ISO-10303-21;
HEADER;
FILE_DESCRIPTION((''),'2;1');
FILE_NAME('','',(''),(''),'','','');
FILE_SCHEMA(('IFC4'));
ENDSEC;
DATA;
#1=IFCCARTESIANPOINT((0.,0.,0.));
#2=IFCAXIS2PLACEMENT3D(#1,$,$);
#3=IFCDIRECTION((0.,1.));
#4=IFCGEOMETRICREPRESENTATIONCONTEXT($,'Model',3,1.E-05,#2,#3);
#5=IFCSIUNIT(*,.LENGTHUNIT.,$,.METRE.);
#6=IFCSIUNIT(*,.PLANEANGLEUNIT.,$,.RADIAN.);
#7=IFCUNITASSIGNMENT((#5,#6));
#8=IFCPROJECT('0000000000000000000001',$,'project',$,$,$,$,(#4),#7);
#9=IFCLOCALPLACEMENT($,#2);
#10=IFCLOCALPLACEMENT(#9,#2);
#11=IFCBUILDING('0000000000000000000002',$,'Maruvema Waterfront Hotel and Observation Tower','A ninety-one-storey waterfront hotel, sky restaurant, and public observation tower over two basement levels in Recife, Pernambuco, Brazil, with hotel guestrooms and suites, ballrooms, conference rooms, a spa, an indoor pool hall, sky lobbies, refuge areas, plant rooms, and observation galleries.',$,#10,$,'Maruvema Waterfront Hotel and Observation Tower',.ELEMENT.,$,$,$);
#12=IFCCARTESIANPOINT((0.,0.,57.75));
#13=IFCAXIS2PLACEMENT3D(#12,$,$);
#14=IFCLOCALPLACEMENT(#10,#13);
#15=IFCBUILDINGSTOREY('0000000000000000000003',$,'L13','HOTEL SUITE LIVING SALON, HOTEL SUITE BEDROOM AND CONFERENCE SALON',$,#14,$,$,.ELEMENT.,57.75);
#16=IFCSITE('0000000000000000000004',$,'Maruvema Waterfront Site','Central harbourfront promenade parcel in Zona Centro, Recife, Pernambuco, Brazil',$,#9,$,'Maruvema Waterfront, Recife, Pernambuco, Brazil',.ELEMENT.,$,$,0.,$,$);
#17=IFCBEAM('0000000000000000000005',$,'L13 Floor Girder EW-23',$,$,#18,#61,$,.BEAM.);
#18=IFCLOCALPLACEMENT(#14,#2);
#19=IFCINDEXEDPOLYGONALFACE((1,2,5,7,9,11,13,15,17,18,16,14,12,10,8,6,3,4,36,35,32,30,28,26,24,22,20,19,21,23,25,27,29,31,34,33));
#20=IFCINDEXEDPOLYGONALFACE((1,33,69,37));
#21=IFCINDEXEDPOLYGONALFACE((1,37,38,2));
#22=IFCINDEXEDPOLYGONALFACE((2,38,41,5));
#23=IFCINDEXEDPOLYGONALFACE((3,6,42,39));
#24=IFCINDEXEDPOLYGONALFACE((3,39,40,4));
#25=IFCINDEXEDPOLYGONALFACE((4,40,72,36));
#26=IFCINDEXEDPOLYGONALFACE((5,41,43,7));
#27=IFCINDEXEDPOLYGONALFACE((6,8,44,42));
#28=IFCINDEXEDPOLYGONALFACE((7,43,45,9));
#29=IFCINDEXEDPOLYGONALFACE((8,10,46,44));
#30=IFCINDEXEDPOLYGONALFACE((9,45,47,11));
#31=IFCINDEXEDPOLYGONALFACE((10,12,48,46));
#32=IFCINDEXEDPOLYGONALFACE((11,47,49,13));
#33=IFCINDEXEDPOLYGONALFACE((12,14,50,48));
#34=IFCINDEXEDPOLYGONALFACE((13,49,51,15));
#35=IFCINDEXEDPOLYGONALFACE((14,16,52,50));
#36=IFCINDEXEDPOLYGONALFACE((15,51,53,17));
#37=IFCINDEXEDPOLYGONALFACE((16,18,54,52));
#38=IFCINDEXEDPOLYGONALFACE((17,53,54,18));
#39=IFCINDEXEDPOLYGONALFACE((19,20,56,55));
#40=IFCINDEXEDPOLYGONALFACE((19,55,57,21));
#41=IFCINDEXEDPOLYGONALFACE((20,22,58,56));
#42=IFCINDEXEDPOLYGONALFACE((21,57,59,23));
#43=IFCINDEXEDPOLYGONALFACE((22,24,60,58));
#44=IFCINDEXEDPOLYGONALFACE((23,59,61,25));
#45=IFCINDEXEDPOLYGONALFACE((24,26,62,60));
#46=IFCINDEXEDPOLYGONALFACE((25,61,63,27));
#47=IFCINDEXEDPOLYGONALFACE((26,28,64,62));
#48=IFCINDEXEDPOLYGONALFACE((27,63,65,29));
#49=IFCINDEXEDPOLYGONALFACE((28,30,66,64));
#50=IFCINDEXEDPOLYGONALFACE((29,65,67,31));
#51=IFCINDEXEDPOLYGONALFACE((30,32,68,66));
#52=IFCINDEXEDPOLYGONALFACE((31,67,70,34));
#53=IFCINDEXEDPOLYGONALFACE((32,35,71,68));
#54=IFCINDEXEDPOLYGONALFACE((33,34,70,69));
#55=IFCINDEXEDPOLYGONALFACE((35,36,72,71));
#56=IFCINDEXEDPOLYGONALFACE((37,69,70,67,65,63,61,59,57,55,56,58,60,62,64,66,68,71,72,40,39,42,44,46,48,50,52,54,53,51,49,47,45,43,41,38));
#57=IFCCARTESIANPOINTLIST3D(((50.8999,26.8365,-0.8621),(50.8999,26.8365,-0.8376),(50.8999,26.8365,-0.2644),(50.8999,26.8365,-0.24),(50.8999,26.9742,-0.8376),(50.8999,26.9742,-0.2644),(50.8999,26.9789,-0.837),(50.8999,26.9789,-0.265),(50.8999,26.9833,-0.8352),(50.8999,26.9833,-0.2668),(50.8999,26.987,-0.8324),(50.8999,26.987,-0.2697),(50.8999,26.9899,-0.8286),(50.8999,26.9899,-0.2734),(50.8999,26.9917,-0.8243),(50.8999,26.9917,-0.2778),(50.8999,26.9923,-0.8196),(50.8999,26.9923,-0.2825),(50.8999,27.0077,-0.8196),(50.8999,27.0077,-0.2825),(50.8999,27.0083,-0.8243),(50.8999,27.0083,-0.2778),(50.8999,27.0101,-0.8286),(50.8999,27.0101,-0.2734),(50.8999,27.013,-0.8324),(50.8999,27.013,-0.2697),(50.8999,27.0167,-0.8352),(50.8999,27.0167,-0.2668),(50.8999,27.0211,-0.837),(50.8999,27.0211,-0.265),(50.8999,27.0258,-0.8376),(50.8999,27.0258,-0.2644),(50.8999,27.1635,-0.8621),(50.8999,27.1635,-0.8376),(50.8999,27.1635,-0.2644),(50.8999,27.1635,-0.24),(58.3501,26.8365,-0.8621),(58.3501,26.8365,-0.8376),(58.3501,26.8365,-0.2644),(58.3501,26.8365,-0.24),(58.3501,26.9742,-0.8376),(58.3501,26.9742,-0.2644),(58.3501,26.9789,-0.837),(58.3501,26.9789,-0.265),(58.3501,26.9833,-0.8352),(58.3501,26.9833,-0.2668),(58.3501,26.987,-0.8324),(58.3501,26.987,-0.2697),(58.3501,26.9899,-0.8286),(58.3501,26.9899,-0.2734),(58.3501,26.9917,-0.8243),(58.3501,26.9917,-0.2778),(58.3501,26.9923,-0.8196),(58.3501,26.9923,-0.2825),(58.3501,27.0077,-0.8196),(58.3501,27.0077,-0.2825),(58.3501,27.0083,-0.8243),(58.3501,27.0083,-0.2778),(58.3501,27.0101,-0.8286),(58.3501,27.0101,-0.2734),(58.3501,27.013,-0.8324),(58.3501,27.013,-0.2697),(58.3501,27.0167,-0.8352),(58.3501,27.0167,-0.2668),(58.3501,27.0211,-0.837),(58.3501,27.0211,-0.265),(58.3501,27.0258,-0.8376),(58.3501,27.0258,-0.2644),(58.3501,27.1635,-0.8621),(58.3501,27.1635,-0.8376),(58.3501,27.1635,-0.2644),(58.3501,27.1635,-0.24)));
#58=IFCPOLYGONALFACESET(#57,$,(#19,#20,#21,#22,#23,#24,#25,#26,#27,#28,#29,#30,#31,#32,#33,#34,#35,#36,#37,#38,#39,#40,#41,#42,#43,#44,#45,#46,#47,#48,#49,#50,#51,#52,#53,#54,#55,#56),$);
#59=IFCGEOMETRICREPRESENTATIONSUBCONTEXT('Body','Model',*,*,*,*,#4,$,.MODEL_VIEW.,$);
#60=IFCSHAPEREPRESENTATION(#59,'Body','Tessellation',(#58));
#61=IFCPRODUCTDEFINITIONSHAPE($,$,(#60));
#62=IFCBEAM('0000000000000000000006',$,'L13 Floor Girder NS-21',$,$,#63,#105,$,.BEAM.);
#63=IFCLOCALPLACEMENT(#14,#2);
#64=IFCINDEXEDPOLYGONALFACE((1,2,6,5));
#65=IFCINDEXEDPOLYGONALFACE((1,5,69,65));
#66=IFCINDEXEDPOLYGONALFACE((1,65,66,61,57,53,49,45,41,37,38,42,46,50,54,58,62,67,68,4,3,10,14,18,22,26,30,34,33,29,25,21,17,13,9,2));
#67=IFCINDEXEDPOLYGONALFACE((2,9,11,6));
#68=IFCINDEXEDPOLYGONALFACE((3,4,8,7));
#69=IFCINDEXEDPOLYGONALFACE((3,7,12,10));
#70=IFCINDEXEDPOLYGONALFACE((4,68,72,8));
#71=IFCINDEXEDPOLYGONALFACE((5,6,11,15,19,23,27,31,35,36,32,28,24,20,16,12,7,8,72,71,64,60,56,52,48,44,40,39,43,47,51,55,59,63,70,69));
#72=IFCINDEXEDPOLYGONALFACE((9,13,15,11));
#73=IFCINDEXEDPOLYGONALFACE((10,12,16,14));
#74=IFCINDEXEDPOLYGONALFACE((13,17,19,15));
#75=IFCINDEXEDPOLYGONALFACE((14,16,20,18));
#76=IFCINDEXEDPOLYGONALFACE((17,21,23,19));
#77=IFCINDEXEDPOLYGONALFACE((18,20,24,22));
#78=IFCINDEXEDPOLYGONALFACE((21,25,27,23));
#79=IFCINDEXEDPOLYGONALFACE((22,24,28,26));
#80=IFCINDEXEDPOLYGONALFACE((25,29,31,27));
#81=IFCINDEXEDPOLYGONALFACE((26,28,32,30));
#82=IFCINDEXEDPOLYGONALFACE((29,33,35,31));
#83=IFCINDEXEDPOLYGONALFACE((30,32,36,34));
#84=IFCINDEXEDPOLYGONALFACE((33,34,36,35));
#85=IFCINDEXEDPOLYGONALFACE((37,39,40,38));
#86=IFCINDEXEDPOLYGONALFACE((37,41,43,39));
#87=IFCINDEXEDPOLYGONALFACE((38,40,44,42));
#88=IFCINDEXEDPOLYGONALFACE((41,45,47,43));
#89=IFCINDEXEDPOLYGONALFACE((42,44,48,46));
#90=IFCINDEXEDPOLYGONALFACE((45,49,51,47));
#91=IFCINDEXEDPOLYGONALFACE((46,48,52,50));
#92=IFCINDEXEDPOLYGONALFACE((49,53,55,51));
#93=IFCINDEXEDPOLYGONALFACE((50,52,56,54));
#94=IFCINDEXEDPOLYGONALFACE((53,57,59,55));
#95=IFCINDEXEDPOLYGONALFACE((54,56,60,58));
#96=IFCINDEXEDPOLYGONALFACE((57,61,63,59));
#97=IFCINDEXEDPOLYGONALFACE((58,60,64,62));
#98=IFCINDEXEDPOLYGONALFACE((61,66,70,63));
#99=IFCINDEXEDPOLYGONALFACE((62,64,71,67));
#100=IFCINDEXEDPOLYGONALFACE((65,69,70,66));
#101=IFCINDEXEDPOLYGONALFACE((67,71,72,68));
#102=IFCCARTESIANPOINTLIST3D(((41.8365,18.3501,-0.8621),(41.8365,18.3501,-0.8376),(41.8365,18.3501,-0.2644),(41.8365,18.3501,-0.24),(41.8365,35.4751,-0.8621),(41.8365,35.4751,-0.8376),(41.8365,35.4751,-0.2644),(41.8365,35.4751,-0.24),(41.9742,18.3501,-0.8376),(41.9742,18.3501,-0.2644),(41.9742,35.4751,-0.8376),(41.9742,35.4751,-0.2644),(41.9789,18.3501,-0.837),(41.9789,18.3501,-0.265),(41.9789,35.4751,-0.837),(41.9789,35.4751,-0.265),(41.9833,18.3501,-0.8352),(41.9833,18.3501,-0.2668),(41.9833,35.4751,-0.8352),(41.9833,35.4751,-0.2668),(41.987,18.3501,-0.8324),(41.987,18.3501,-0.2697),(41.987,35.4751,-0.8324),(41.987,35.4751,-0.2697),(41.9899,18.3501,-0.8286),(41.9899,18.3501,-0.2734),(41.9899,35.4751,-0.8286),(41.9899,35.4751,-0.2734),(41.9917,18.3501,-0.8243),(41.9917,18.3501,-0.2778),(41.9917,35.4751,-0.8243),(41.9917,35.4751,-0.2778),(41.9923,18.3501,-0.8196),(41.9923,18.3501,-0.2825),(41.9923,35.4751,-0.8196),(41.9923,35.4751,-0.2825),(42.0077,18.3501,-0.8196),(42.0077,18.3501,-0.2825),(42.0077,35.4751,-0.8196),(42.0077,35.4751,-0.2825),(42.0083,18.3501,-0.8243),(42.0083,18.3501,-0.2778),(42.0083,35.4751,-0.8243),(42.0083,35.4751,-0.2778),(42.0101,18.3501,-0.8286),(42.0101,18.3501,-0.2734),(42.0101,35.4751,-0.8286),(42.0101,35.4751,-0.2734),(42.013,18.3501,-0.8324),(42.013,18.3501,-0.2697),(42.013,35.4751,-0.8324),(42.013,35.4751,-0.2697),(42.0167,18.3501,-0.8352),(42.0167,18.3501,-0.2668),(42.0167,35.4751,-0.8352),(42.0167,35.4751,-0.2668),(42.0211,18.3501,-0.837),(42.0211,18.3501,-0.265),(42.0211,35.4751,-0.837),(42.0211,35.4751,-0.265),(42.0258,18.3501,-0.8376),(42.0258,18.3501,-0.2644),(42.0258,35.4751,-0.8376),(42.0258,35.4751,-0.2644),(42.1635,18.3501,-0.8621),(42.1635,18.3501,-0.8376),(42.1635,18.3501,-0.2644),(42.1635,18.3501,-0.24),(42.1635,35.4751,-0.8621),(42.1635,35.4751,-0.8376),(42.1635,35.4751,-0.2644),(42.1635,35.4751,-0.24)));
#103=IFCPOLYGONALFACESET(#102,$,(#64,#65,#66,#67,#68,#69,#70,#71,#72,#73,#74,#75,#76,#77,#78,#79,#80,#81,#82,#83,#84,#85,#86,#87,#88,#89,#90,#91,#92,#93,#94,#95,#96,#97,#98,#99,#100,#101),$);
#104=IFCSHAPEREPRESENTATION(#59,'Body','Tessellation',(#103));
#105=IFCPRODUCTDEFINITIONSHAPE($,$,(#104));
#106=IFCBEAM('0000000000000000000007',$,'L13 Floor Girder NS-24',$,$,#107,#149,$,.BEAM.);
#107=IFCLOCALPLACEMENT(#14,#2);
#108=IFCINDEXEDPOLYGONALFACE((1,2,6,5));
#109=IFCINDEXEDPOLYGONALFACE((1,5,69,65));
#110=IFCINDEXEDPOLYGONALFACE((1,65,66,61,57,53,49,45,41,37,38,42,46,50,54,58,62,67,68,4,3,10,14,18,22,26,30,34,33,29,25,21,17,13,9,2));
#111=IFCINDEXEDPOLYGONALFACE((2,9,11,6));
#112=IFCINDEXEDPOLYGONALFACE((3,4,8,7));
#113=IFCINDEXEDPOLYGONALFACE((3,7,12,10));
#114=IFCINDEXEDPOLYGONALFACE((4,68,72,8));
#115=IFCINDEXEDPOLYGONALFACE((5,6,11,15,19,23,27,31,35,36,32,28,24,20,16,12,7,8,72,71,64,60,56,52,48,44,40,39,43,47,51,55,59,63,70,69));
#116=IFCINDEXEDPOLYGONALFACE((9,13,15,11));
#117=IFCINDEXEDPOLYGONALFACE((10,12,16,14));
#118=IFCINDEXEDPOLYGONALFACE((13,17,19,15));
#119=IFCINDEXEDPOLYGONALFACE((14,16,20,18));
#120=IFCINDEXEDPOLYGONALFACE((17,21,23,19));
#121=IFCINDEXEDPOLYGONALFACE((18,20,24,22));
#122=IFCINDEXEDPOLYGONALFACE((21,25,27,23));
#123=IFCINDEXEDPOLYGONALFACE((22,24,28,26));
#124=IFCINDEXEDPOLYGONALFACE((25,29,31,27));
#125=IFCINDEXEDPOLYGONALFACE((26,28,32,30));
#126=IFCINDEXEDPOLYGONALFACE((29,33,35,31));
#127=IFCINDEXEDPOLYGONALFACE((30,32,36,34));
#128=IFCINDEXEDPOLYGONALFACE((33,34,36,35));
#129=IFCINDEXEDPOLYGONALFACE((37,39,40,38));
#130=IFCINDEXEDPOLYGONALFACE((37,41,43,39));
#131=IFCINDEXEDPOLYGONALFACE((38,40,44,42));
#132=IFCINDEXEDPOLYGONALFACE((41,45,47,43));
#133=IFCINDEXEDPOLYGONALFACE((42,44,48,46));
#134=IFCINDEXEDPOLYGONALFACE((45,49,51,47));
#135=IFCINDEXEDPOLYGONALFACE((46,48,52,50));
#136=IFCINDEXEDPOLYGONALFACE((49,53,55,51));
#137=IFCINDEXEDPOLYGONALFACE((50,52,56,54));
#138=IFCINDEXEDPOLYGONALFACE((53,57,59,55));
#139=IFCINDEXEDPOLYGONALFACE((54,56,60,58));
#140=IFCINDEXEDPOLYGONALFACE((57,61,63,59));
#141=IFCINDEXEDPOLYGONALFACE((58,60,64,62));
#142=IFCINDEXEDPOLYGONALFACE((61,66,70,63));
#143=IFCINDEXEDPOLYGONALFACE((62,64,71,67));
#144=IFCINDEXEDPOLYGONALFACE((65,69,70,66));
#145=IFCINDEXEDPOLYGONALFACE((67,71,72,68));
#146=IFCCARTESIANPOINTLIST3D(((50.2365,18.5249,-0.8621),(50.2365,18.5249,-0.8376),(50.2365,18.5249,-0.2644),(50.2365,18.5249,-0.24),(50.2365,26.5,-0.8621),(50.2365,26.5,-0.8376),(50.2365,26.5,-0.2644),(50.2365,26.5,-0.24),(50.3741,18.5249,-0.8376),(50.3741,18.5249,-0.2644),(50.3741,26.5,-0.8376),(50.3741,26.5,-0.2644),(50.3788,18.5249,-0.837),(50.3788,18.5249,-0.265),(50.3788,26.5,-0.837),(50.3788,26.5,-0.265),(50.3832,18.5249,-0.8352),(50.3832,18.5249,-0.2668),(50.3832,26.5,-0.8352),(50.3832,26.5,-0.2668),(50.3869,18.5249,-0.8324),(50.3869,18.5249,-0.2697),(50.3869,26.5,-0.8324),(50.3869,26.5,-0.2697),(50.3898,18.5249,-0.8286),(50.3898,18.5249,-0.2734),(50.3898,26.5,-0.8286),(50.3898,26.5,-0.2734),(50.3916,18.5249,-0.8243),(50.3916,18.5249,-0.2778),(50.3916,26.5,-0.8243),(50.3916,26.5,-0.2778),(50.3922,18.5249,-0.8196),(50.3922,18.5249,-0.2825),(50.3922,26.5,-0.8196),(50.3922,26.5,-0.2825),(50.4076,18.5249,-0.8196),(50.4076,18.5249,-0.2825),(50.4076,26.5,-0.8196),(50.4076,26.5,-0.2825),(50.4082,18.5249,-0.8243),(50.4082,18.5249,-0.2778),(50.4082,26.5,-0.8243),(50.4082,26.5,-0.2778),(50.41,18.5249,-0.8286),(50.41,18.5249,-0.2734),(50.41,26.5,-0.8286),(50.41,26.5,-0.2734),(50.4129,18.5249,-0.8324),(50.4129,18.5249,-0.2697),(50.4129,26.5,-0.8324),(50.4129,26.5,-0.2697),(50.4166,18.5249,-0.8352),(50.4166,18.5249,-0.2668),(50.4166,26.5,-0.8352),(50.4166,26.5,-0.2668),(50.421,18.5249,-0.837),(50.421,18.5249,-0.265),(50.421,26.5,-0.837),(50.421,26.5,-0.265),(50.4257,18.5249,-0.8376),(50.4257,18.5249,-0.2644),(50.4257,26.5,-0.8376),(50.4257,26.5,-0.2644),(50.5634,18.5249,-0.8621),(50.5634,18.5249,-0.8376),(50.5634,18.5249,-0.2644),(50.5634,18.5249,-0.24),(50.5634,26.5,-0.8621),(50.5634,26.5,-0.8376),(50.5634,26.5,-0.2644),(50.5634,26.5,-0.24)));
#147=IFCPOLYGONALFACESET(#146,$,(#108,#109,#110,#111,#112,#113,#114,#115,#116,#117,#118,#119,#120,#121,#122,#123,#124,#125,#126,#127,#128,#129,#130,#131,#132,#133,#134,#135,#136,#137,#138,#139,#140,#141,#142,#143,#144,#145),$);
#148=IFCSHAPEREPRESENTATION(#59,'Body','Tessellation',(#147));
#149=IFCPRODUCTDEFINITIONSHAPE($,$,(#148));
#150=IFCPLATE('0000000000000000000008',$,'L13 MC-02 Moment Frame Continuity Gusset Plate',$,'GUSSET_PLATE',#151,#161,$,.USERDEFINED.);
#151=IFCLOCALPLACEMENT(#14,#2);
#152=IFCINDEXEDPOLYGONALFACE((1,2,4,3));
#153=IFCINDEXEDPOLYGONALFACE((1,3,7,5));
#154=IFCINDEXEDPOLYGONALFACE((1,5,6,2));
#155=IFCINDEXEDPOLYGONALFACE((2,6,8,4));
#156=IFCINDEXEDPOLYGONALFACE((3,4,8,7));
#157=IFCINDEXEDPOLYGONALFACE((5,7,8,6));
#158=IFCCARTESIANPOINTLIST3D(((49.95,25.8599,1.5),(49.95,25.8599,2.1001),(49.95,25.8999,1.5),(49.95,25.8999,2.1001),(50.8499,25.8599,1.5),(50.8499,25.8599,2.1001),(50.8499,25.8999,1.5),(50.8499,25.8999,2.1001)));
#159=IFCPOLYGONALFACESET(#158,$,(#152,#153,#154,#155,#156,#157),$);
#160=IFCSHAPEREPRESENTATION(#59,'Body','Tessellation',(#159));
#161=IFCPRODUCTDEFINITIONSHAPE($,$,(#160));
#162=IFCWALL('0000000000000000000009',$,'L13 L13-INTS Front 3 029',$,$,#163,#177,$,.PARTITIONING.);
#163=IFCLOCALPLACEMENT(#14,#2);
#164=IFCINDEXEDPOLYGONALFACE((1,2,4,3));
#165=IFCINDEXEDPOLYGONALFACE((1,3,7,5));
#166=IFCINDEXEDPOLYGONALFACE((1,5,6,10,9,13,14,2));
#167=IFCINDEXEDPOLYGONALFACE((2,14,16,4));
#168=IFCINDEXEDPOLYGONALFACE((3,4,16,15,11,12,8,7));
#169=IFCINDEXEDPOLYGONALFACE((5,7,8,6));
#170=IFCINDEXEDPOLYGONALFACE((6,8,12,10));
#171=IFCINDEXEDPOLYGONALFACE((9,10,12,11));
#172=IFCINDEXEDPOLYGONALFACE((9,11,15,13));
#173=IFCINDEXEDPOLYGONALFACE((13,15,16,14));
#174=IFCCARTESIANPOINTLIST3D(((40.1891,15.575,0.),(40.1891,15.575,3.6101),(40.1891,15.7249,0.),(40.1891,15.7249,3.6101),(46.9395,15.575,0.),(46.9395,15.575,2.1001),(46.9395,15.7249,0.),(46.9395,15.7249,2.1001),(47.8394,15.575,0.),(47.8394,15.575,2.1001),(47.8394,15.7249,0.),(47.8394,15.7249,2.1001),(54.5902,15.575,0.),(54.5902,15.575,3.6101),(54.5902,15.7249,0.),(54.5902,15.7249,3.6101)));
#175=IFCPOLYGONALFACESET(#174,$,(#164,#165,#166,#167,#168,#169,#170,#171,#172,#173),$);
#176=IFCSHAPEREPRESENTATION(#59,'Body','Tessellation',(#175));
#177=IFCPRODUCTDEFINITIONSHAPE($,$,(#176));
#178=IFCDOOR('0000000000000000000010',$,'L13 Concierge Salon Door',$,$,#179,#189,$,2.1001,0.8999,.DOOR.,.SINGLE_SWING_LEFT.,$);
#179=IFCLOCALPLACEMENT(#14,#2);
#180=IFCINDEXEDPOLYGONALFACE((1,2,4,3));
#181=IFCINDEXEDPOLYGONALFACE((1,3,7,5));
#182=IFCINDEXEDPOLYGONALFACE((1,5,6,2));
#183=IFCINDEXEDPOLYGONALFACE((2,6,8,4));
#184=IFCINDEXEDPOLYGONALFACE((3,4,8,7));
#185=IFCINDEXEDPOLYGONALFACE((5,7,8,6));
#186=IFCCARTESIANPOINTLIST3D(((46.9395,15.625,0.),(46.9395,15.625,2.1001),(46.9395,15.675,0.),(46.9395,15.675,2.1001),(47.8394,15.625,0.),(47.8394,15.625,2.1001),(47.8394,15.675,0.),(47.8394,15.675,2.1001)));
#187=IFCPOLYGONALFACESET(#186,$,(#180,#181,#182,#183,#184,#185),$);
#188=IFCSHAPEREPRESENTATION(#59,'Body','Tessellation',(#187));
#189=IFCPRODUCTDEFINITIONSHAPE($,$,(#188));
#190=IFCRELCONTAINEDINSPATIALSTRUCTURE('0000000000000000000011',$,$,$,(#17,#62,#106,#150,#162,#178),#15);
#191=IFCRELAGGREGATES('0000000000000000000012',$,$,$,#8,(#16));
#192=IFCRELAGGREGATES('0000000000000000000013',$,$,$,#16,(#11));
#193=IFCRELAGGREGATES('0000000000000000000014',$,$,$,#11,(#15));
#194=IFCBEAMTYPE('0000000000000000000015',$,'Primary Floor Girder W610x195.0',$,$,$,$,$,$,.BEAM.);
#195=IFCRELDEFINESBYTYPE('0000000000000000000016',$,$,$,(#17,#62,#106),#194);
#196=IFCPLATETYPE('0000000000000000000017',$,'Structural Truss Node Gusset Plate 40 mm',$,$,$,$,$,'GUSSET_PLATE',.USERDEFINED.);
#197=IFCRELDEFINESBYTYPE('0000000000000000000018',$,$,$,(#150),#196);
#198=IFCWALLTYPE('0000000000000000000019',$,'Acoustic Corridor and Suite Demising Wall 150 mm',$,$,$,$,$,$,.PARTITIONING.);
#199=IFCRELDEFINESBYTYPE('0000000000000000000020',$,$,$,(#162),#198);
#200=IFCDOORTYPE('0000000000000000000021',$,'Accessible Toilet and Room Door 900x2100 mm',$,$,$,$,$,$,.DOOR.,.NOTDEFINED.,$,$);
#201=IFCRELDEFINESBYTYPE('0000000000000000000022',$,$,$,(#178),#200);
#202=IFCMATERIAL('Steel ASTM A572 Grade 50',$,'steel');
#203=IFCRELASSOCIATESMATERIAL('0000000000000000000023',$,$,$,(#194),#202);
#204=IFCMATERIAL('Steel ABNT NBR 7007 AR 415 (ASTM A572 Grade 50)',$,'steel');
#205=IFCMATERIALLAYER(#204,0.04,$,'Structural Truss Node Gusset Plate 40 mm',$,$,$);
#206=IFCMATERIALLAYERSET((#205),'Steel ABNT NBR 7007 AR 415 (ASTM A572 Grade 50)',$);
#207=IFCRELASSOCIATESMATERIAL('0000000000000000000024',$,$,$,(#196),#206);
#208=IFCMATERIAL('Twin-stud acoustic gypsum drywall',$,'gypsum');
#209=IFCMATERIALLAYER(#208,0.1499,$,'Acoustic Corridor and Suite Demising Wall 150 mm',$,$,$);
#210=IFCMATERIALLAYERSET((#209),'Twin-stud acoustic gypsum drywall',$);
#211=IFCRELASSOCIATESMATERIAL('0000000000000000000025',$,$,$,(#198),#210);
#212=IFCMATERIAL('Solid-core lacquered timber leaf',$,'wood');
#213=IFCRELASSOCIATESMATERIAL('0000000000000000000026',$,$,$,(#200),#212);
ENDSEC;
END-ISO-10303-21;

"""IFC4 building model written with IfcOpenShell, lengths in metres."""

from ifc_helpers import new_model, si_unit, direction, frame, frame_2d, origin, origin_2d, place, context, subcontext, project, spatial, rectangle, i_section, extrude, material, layer, layer_set, material_profile, profile_set, type_object, element, fill, save


model = new_model("IFC4")

# Units and contexts
model_context = context("Model", 3, precision=1e-05, world=origin(), true_north=direction((0.0, 1.0)))
body_context = subcontext(model_context, "Body", "Model", "MODEL_VIEW")
ifc_project = project(units=[si_unit("LENGTHUNIT", "METRE"), si_unit("PLANEANGLEUNIT", "RADIAN")], contexts=[model_context])

# Site, building, storey
site_placement = place(None, origin())
site = spatial("IfcSite", under=ifc_project, at=site_placement, Name="Maruvema Waterfront Site", Description="Central harbourfront promenade parcel in Zona Centro, Recife, Pernambuco, Brazil", LongName="Maruvema Waterfront, Recife, Pernambuco, Brazil", CompositionType="ELEMENT", RefElevation=0.0)
building_placement = place(site_placement, origin())
building = spatial("IfcBuilding", under=site, at=building_placement, Name="Maruvema Waterfront Hotel and Observation Tower", Description="A ninety-one-storey waterfront hotel, sky restaurant, and public observation tower over two basement levels in Recife, Pernambuco, Brazil, with hotel guestrooms and suites, ballrooms, conference rooms, a spa, an indoor pool hall, sky lobbies, refuge areas, plant rooms, and observation galleries.", LongName="Maruvema Waterfront Hotel and Observation Tower", CompositionType="ELEMENT")
storey_placement = place(building_placement, frame((0.0, 0.0, 57.75)))
storey = spatial("IfcBuildingStorey", under=building, at=storey_placement, Name="L13", Description="HOTEL SUITE LIVING SALON, HOTEL SUITE BEDROOM AND CONFERENCE SALON", CompositionType="ELEMENT", Elevation=57.75)

# Beams
ifc_material_1 = material(Name="Steel ASTM A572 Grade 50", Category="steel")
ifc_material_profile_1 = material_profile(ifc_material_1, i_section(OverallWidth=0.3269, OverallDepth=0.6221, WebThickness=0.0154, FlangeThickness=0.0244, FilletRadius=0.0181, at=origin_2d()), Name="W610x195.0")
ifc_profile_set_1 = profile_set([ifc_material_profile_1], Name="Steel ASTM A572 Grade 50")
beam_type = type_object("IfcBeamType", Name="Primary Floor Girder W610x195.0", PredefinedType="BEAM", material=ifc_profile_set_1)
beam_1_placement = place(storey_placement, frame((50.8999, 27.0, -0.551), z_axis=(1.0, 0.0, 0.0), x_axis=(0.0, 1.0, 0.0)))
element("IfcBeam", 1, at=beam_1_placement, inside=storey, type_object=beam_type, Name="L13 Floor Girder EW-23", PredefinedType="BEAM", context=body_context, shape_type="SweptSolid", body=[
    extrude(i_section(OverallWidth=0.3269, OverallDepth=0.6221, WebThickness=0.0154, FlangeThickness=0.0244, FilletRadius=0.0181, at=origin_2d()), origin(), (0.0, 0.0, 1.0), 7.4502),
])
beam_2_placement = place(storey_placement, frame((42.0, 18.3501, -0.551), z_axis=(0.0, 1.0, 0.0), x_axis=(-1.0, 0.0, 0.0)))
element("IfcBeam", 2, at=beam_2_placement, inside=storey, type_object=beam_type, Name="L13 Floor Girder NS-21", PredefinedType="BEAM", context=body_context, shape_type="SweptSolid", body=[
    extrude(i_section(OverallWidth=0.3269, OverallDepth=0.6221, WebThickness=0.0154, FlangeThickness=0.0244, FilletRadius=0.0181, at=origin_2d()), origin(), (0.0, 0.0, 1.0), 17.125),
])
beam_3_placement = place(storey_placement, frame((50.3999, 18.5249, -0.551), z_axis=(0.0, 1.0, 0.0), x_axis=(-1.0, 0.0, 0.0)))
element("IfcBeam", 3, at=beam_3_placement, inside=storey, type_object=beam_type, Name="L13 Floor Girder NS-24", PredefinedType="BEAM", context=body_context, shape_type="SweptSolid", body=[
    extrude(i_section(OverallWidth=0.3269, OverallDepth=0.6221, WebThickness=0.0154, FlangeThickness=0.0244, FilletRadius=0.0181, at=origin_2d()), origin(), (0.0, 0.0, 1.0), 7.9751),
])

# Plate
ifc_material_2 = material(Name="Steel ABNT NBR 7007 AR 415 (ASTM A572 Grade 50)", Category="steel")
ifc_layer_1 = layer(ifc_material_2, 0.04, Name="Structural Truss Node Gusset Plate 40 mm")
ifc_layer_set_1 = layer_set([ifc_layer_1], Name="Steel ABNT NBR 7007 AR 415 (ASTM A572 Grade 50)")
plate_type = type_object("IfcPlateType", Name="Structural Truss Node Gusset Plate 40 mm", ElementType="GUSSET_PLATE", PredefinedType="USERDEFINED", material=ifc_layer_set_1)
plate_placement = place(storey_placement, frame((50.3999, 25.8799, 1.5), z_axis=(0.0, 0.0, 1.0), x_axis=(1.0, 0.0, 0.0)))
element("IfcPlate", 4, at=plate_placement, inside=storey, type_object=plate_type, Name="L13 MC-02 Moment Frame Continuity Gusset Plate", ObjectType="GUSSET_PLATE", PredefinedType="USERDEFINED", context=body_context, shape_type="SweptSolid", body=[
    extrude(rectangle(XDim=0.8999, YDim=0.04, at=origin_2d()), origin(), (0.0, 0.0, 1.0), 0.6001),
])

# Wall, opening, door
ifc_material_3 = material(Name="Twin-stud acoustic gypsum drywall", Category="gypsum")
ifc_layer_2 = layer(ifc_material_3, 0.1499, Name="Acoustic Corridor and Suite Demising Wall 150 mm")
ifc_layer_set_2 = layer_set([ifc_layer_2], Name="Twin-stud acoustic gypsum drywall")
wall_type_1 = type_object("IfcWallType", Name="Acoustic Corridor and Suite Demising Wall 150 mm", PredefinedType="PARTITIONING", material=ifc_layer_set_2)
wall_1_placement = place(storey_placement, frame((40.189, 15.6499, 0.0), z_axis=(0.0, 0.0, 1.0), x_axis=(1.0, 0.0, 0.0)))
wall_1 = element("IfcWall", 5, at=wall_1_placement, inside=storey, type_object=wall_type_1, Name="L13 L13-INTS Front 3 029", PredefinedType="PARTITIONING", context=body_context, shape_type="SweptSolid", body=[
    extrude(rectangle(XDim=14.4011, YDim=0.1499, at=frame_2d((7.2007, 0.0))), origin(), (0.0, 0.0, 1.0), 3.6101),
])
opening_1_placement = place(wall_1_placement, frame((6.7505, 0.0, 0.0)))
opening_1 = element("IfcOpeningElement", 6, at=opening_1_placement, cuts=wall_1, PredefinedType="OPENING", context=body_context, shape_type="SweptSolid", body=[
    extrude(rectangle(XDim=0.8999, YDim=2.1001, at=frame_2d((0.45, 1.05))), frame((0.0, 0.085, 0.0), z_axis=(0.0, -1.0, 0.0), x_axis=(1.0, 0.0, 0.0)), (0.0, 0.0, 1.0), 0.1699),
])
ifc_material_4 = material(Name="Solid-core lacquered timber leaf", Category="wood")
door_type_1 = type_object("IfcDoorType", Name="Accessible Toilet and Room Door 900x2100 mm", OperationType="NOTDEFINED", PredefinedType="DOOR", material=ifc_material_4)
door_1_placement = place(opening_1_placement, frame((0.8999, 0.0, 0.0), z_axis=(0.0, 0.0, 1.0), x_axis=(-1.0, 0.0, 0.0)))
door_1 = element("IfcDoor", 7, at=door_1_placement, inside=storey, type_object=door_type_1, Name="L13 Concierge Salon Door", OperationType="SINGLE_SWING_LEFT", OverallHeight=2.1001, OverallWidth=0.8999, PredefinedType="DOOR", context=body_context, shape_type="SweptSolid", body=[
    extrude(rectangle(XDim=0.8999, YDim=2.1001, at=frame_2d((0.45, 1.05))), frame((0.0, 0.0249, 0.0), z_axis=(0.0, -1.0, 0.0), x_axis=(1.0, 0.0, 0.0)), (0.0, 0.0, 1.0), 0.05),
])
fill(opening_1, door_1)

save(model, "model.ifc")
